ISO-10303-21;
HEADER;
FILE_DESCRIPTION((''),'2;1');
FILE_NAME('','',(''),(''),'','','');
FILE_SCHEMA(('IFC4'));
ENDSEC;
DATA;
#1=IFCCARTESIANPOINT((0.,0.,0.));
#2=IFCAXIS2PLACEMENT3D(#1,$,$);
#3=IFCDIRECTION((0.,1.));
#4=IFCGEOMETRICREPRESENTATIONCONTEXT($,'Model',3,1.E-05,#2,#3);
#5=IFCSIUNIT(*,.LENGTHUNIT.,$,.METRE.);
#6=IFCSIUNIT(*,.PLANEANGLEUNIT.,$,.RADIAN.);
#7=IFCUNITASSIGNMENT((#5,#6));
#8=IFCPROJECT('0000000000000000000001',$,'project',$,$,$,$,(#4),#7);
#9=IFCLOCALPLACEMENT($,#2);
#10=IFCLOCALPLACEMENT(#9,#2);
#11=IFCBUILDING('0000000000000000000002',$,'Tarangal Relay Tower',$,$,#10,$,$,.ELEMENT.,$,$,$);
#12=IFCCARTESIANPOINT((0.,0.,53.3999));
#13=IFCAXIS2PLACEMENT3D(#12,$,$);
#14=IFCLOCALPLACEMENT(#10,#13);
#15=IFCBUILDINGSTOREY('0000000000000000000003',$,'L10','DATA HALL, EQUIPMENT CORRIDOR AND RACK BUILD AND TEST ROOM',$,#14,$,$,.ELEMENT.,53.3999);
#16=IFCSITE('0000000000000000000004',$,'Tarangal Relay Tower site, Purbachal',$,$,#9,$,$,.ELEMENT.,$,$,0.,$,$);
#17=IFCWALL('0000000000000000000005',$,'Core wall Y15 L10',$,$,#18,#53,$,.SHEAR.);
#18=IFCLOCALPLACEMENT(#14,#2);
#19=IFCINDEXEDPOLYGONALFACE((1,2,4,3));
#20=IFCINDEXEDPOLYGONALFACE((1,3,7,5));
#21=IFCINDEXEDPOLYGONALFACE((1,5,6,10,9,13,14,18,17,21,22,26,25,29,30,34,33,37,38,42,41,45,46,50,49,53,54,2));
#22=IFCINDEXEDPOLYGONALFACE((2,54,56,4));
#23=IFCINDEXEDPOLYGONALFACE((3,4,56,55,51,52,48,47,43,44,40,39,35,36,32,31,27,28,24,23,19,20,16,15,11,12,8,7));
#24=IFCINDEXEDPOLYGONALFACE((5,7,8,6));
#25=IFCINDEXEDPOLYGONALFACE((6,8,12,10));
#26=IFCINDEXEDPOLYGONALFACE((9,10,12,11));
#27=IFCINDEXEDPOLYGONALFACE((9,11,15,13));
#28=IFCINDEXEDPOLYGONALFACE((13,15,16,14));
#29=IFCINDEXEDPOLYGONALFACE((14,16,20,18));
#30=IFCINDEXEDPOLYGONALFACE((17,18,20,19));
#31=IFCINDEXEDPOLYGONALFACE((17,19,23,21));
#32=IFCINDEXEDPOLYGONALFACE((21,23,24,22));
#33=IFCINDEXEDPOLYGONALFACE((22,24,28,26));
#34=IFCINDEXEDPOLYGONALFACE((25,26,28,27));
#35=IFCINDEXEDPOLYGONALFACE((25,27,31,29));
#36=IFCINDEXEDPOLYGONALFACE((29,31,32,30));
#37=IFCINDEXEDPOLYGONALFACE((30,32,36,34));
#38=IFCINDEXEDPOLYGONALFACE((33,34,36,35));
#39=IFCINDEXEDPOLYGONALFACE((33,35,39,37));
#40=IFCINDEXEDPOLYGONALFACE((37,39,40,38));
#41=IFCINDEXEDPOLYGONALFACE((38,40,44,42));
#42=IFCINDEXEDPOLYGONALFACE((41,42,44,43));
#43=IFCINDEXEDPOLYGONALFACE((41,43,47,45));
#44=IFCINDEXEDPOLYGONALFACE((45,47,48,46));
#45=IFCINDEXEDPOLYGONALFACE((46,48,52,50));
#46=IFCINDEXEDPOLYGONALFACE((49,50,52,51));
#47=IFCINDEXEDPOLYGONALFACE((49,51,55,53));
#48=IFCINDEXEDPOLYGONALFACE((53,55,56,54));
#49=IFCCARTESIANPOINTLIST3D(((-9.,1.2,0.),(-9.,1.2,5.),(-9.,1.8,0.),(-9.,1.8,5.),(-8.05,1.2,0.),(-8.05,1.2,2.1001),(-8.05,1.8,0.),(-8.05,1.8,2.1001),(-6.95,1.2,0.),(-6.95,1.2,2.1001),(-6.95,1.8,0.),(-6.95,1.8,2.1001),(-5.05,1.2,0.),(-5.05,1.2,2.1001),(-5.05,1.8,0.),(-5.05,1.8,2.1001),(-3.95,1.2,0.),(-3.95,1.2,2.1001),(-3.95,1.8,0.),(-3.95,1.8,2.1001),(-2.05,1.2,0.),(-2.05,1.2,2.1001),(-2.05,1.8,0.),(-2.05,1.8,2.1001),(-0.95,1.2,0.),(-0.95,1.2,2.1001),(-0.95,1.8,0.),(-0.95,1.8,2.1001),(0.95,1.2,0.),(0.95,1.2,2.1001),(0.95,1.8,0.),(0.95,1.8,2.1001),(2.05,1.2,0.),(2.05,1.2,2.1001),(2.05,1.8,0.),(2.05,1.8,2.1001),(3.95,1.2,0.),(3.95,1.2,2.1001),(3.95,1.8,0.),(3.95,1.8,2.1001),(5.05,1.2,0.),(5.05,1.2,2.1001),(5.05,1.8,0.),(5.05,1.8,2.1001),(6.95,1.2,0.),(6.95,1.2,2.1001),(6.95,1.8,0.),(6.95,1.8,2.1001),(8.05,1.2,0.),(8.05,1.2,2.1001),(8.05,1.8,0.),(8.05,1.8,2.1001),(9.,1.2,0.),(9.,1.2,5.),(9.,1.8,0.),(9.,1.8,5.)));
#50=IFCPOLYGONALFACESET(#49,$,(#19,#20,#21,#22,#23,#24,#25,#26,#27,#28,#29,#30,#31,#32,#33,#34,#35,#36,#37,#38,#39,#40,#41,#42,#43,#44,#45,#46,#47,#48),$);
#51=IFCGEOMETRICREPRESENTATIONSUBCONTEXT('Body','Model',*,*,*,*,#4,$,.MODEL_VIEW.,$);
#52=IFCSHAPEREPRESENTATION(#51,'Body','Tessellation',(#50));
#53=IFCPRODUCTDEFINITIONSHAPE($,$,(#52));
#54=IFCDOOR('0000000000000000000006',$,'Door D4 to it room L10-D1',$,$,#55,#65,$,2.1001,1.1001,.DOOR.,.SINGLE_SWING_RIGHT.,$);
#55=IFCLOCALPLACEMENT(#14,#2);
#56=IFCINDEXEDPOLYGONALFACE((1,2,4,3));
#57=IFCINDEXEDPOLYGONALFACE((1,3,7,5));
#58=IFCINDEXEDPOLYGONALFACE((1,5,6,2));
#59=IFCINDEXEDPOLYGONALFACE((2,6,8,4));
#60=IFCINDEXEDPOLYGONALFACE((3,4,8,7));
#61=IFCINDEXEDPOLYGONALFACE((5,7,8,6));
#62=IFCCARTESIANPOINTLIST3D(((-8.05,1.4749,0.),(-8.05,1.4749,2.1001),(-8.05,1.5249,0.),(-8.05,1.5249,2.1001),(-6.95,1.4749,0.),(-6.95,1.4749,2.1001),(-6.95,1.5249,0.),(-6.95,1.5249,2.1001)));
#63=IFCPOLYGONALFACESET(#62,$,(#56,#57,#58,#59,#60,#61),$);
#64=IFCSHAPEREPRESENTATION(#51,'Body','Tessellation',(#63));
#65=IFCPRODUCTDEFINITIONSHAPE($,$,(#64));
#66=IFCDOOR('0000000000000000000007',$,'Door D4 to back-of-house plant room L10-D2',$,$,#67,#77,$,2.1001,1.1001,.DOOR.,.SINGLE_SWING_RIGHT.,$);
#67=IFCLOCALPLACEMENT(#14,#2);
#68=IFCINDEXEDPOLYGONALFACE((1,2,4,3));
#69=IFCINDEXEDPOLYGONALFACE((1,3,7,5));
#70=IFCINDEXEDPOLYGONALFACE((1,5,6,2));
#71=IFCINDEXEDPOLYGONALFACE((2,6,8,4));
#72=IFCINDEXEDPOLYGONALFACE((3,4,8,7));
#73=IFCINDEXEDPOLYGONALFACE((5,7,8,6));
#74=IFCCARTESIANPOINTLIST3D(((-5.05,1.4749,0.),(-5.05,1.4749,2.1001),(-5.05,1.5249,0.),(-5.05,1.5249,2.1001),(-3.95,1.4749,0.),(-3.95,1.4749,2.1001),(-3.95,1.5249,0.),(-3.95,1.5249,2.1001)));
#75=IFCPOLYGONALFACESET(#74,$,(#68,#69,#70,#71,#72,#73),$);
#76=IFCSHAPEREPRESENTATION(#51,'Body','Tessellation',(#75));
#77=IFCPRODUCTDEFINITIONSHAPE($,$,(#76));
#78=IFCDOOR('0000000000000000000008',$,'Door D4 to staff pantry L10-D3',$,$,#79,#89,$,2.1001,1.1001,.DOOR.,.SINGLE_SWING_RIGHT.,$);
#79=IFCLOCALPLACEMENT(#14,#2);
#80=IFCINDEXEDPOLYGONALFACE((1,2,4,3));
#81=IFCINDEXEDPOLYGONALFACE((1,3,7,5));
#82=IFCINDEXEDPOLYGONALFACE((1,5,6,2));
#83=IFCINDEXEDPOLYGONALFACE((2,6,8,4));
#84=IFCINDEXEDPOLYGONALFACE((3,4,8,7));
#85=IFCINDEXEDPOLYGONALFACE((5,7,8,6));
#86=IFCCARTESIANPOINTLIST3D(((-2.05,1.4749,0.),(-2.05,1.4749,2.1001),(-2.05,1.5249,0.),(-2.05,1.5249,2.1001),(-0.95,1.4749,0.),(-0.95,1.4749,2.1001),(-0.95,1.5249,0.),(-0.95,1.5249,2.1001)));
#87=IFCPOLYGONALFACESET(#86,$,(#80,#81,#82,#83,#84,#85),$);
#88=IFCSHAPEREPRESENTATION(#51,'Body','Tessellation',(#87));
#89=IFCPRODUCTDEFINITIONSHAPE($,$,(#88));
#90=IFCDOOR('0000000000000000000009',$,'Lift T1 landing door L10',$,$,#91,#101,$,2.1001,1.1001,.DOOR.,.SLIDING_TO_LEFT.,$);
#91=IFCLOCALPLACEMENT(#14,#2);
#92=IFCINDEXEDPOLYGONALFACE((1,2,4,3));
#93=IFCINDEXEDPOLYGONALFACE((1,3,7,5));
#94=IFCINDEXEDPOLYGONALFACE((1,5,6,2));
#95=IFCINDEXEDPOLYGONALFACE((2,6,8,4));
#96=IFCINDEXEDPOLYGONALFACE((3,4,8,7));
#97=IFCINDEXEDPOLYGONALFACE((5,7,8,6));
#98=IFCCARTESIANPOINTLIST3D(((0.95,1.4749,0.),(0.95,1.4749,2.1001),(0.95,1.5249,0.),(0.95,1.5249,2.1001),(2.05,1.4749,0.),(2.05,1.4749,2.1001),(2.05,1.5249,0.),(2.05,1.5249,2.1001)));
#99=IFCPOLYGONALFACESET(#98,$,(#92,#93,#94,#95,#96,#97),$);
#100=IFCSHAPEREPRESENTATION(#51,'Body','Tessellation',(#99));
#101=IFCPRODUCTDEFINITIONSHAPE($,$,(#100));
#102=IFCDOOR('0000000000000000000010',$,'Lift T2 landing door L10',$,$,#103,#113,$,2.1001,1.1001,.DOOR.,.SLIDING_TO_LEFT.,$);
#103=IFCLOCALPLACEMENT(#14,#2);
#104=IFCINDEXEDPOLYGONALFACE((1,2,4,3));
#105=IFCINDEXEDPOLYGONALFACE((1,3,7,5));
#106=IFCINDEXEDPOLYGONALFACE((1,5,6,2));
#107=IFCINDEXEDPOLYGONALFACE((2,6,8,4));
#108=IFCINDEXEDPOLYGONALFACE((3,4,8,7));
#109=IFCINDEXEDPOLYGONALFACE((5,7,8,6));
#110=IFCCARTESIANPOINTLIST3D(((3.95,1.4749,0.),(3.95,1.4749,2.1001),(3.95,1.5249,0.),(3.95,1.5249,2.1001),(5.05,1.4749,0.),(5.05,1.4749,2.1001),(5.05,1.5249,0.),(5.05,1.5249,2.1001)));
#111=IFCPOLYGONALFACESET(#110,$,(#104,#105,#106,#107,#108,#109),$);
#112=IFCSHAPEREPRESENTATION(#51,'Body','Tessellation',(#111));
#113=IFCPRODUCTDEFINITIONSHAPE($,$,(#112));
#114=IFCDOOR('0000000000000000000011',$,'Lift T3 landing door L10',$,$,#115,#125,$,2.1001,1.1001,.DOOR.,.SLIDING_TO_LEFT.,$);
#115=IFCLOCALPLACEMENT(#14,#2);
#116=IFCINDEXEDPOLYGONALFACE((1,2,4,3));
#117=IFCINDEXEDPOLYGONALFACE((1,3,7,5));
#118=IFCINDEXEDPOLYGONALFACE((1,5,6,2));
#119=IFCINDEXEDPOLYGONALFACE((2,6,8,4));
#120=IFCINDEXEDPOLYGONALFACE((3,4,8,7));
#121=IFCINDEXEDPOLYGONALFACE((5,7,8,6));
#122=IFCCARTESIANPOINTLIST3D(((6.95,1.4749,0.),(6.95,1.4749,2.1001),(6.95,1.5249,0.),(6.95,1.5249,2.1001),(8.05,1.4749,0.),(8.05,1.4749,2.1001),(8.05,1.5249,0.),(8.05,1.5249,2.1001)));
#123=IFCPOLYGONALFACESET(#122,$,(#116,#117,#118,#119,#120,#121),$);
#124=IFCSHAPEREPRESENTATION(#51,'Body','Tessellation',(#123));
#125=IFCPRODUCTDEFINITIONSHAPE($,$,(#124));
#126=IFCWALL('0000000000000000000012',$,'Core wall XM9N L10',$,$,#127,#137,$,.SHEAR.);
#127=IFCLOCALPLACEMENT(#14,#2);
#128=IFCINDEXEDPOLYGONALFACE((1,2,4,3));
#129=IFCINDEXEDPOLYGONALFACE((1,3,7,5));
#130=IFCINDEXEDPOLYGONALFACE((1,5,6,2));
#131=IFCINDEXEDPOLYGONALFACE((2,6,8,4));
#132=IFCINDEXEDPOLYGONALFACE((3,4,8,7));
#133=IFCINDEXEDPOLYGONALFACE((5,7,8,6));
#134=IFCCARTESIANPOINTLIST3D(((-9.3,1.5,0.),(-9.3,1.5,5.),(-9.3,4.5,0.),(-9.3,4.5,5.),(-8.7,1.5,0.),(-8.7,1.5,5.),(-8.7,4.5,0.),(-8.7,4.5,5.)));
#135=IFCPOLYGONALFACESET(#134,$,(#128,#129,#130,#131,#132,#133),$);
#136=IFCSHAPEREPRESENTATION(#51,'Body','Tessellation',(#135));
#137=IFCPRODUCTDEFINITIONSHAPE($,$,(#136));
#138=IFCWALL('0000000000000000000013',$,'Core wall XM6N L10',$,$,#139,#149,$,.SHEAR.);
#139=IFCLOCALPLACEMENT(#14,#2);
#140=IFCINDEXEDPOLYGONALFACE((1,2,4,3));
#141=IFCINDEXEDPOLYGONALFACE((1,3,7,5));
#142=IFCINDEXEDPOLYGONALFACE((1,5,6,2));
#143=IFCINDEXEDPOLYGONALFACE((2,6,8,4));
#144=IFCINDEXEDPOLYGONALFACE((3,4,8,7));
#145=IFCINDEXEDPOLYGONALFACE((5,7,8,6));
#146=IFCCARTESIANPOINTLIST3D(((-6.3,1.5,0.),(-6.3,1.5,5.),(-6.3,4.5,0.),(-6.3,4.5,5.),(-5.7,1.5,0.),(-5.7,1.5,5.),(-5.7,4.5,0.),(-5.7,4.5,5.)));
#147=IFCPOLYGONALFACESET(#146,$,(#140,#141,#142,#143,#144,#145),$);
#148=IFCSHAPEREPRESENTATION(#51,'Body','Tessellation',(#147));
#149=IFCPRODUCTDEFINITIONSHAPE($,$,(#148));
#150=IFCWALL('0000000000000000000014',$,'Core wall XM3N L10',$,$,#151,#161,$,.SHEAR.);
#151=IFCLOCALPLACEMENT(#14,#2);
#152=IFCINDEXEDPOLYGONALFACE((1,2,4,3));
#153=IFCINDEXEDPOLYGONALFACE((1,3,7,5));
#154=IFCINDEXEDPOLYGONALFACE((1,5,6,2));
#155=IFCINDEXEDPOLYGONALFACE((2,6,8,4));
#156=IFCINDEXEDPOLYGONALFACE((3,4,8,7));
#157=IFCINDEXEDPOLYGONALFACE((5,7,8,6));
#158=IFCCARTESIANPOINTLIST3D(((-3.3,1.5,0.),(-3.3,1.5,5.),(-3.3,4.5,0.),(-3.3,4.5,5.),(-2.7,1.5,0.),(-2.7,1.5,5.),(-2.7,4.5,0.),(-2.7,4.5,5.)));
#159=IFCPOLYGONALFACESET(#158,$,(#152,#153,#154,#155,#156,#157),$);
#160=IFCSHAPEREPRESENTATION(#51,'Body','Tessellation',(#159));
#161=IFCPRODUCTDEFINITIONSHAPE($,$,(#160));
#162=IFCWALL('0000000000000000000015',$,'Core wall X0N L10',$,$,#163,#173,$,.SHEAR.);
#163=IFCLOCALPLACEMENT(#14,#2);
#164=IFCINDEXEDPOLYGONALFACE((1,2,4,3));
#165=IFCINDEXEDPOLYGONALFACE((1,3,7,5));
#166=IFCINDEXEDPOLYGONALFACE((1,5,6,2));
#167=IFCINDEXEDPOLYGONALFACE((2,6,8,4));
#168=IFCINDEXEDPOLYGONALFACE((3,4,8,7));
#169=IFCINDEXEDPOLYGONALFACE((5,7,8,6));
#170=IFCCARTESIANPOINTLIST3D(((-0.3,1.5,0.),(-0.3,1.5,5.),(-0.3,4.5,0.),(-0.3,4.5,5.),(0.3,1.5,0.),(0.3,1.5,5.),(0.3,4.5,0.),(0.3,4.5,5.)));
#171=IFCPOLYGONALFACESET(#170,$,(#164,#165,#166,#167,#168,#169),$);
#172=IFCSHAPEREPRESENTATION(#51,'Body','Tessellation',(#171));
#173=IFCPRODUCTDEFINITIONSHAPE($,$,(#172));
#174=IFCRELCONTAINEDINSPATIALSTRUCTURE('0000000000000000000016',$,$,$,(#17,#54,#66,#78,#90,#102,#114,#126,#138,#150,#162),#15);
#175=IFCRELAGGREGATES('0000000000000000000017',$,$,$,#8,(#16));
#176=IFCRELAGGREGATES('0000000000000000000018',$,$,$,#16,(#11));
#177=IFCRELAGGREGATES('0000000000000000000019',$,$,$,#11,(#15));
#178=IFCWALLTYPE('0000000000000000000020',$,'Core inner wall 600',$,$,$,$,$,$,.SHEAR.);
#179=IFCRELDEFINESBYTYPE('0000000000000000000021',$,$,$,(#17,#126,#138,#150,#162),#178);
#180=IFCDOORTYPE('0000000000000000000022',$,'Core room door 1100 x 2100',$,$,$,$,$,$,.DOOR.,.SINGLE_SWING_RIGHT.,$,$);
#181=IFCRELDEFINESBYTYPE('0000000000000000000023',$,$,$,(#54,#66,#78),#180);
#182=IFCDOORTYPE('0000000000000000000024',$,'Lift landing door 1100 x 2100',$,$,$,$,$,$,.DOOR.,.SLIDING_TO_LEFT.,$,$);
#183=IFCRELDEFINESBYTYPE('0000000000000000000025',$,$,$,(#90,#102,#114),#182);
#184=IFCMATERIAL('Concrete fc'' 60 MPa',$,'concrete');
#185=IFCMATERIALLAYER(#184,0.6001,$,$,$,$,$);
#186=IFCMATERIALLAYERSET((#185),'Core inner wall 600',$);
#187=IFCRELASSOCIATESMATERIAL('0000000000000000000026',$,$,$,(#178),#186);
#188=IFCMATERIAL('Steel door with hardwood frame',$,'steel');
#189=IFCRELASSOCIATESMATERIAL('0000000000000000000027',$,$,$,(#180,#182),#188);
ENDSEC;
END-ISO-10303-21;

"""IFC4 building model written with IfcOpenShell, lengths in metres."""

from ifc_helpers import new_model, si_unit, direction, frame, frame_2d, origin, place, context, subcontext, project, spatial, rectangle, extrude, material, layer, layer_set, type_object, element, fill, save


model = new_model("IFC4")

# Units and contexts
model_context = context("Model", 3, precision=1e-05, world=origin(), true_north=direction((0.0, 1.0)))
body_context = subcontext(model_context, "Body", "Model", "MODEL_VIEW")
ifc_project = project(units=[si_unit("LENGTHUNIT", "METRE"), si_unit("PLANEANGLEUNIT", "RADIAN")], contexts=[model_context])

# Site, building, storey
site_placement = place(None, origin())
site = spatial("IfcSite", under=ifc_project, at=site_placement, Name="Tarangal Relay Tower site, Purbachal", CompositionType="ELEMENT", RefElevation=0.0)
building_placement = place(site_placement, origin())
building = spatial("IfcBuilding", under=site, at=building_placement, Name="Tarangal Relay Tower", CompositionType="ELEMENT")
storey_placement = place(building_placement, frame((0.0, 0.0, 53.3999)))
storey = spatial("IfcBuildingStorey", under=building, at=storey_placement, Name="L10", Description="DATA HALL, EQUIPMENT CORRIDOR AND RACK BUILD AND TEST ROOM", CompositionType="ELEMENT", Elevation=53.3999)

# Wall, openings, doors
ifc_material_1 = material(Name="Concrete fc' 60 MPa", Category="concrete")
ifc_layer_1 = layer(ifc_material_1, 0.6001)
ifc_layer_set_1 = layer_set([ifc_layer_1], Name="Core inner wall 600")
wall_type = type_object("IfcWallType", Name="Core inner wall 600", PredefinedType="SHEAR", material=ifc_layer_set_1)
wall_1_placement = place(storey_placement, frame((-9.0, 1.5, 0.0), z_axis=(0.0, 0.0, 1.0), x_axis=(1.0, 0.0, 0.0)))
wall_1 = element("IfcWall", 1, at=wall_1_placement, inside=storey, type_object=wall_type, Name="Core wall Y15 L10", PredefinedType="SHEAR", context=body_context, shape_type="SweptSolid", body=[
    extrude(rectangle(XDim=18.0, YDim=0.6001, at=frame_2d((9.0, 0.0))), origin(), (0.0, 0.0, 1.0), 5.0),
])
opening_1_placement = place(wall_1_placement, frame((9.95, 0.0, 0.0)))
opening_1 = element("IfcOpeningElement", 2, at=opening_1_placement, cuts=wall_1, PredefinedType="OPENING", context=body_context, shape_type="SweptSolid", body=[
    extrude(rectangle(XDim=1.1001, YDim=2.1001, at=frame_2d((0.55, 1.05))), frame((0.0, 0.3101, 0.0), z_axis=(0.0, -1.0, 0.0), x_axis=(1.0, 0.0, 0.0)), (0.0, 0.0, 1.0), 0.6201),
])
opening_2_placement = place(wall_1_placement, frame((12.95, 0.0, 0.0)))
opening_2 = element("IfcOpeningElement", 3, at=opening_2_placement, cuts=wall_1, PredefinedType="OPENING", context=body_context, shape_type="SweptSolid", body=[
    extrude(rectangle(XDim=1.1001, YDim=2.1001, at=frame_2d((0.55, 1.05))), frame((0.0, 0.3101, 0.0), z_axis=(0.0, -1.0, 0.0), x_axis=(1.0, 0.0, 0.0)), (0.0, 0.0, 1.0), 0.6201),
])
opening_3_placement = place(wall_1_placement, frame((15.95, 0.0, 0.0)))
opening_3 = element("IfcOpeningElement", 4, at=opening_3_placement, cuts=wall_1, PredefinedType="OPENING", context=body_context, shape_type="SweptSolid", body=[
    extrude(rectangle(XDim=1.1001, YDim=2.1001, at=frame_2d((0.55, 1.05))), frame((0.0, 0.3101, 0.0), z_axis=(0.0, -1.0, 0.0), x_axis=(1.0, 0.0, 0.0)), (0.0, 0.0, 1.0), 0.6201),
])
opening_4_placement = place(wall_1_placement, frame((0.95, 0.0, 0.0)))
opening_4 = element("IfcOpeningElement", 5, at=opening_4_placement, cuts=wall_1, PredefinedType="OPENING", context=body_context, shape_type="SweptSolid", body=[
    extrude(rectangle(XDim=1.1001, YDim=2.1001, at=frame_2d((0.55, 1.05))), frame((0.0, 0.3101, 0.0), z_axis=(0.0, -1.0, 0.0), x_axis=(1.0, 0.0, 0.0)), (0.0, 0.0, 1.0), 0.6201),
])
opening_5_placement = place(wall_1_placement, frame((3.95, 0.0, 0.0)))
opening_5 = element("IfcOpeningElement", 6, at=opening_5_placement, cuts=wall_1, PredefinedType="OPENING", context=body_context, shape_type="SweptSolid", body=[
    extrude(rectangle(XDim=1.1001, YDim=2.1001, at=frame_2d((0.55, 1.05))), frame((0.0, 0.3101, 0.0), z_axis=(0.0, -1.0, 0.0), x_axis=(1.0, 0.0, 0.0)), (0.0, 0.0, 1.0), 0.6201),
])
opening_6_placement = place(wall_1_placement, frame((6.95, 0.0, 0.0)))
opening_6 = element("IfcOpeningElement", 7, at=opening_6_placement, cuts=wall_1, PredefinedType="OPENING", context=body_context, shape_type="SweptSolid", body=[
    extrude(rectangle(XDim=1.1001, YDim=2.1001, at=frame_2d((0.55, 1.05))), frame((0.0, 0.3101, 0.0), z_axis=(0.0, -1.0, 0.0), x_axis=(1.0, 0.0, 0.0)), (0.0, 0.0, 1.0), 0.6201),
])
ifc_material_2 = material(Name="Steel door with hardwood frame", Category="steel")
door_type_1 = type_object("IfcDoorType", Name="Core room door 1100 x 2100", OperationType="SINGLE_SWING_RIGHT", PredefinedType="DOOR", material=ifc_material_2)
door_1_placement = place(opening_4_placement, origin())
door_1 = element("IfcDoor", 8, at=door_1_placement, inside=storey, type_object=door_type_1, Name="Door D4 to it room L10-D1", OperationType="SINGLE_SWING_RIGHT", OverallHeight=2.1001, OverallWidth=1.1001, PredefinedType="DOOR", context=body_context, shape_type="SweptSolid", body=[
    extrude(rectangle(XDim=1.1001, YDim=2.1001, at=frame_2d((0.55, 1.05))), frame((0.0, 0.0249, 0.0), z_axis=(0.0, -1.0, 0.0), x_axis=(1.0, 0.0, 0.0)), (0.0, 0.0, 1.0), 0.05),
])
fill(opening_4, door_1)
door_2_placement = place(opening_5_placement, origin())
door_2 = element("IfcDoor", 9, at=door_2_placement, inside=storey, type_object=door_type_1, Name="Door D4 to back-of-house plant room L10-D2", OperationType="SINGLE_SWING_RIGHT", OverallHeight=2.1001, OverallWidth=1.1001, PredefinedType="DOOR", context=body_context, shape_type="SweptSolid", body=[
    extrude(rectangle(XDim=1.1001, YDim=2.1001, at=frame_2d((0.55, 1.05))), frame((0.0, 0.0249, 0.0), z_axis=(0.0, -1.0, 0.0), x_axis=(1.0, 0.0, 0.0)), (0.0, 0.0, 1.0), 0.05),
])
fill(opening_5, door_2)
door_3_placement = place(opening_6_placement, origin())
door_3 = element("IfcDoor", 10, at=door_3_placement, inside=storey, type_object=door_type_1, Name="Door D4 to staff pantry L10-D3", OperationType="SINGLE_SWING_RIGHT", OverallHeight=2.1001, OverallWidth=1.1001, PredefinedType="DOOR", context=body_context, shape_type="SweptSolid", body=[
    extrude(rectangle(XDim=1.1001, YDim=2.1001, at=frame_2d((0.55, 1.05))), frame((0.0, 0.0249, 0.0), z_axis=(0.0, -1.0, 0.0), x_axis=(1.0, 0.0, 0.0)), (0.0, 0.0, 1.0), 0.05),
])
fill(opening_6, door_3)
door_type_2 = type_object("IfcDoorType", Name="Lift landing door 1100 x 2100", OperationType="SLIDING_TO_LEFT", PredefinedType="DOOR", material=ifc_material_2)
door_4_placement = place(opening_1_placement, origin())
door_4 = element("IfcDoor", 11, at=door_4_placement, inside=storey, type_object=door_type_2, Name="Lift T1 landing door L10", OperationType="SLIDING_TO_LEFT", OverallHeight=2.1001, OverallWidth=1.1001, PredefinedType="DOOR", context=body_context, shape_type="SweptSolid", body=[
    extrude(rectangle(XDim=1.1001, YDim=2.1001, at=frame_2d((0.55, 1.05))), frame((0.0, 0.0249, 0.0), z_axis=(0.0, -1.0, 0.0), x_axis=(1.0, 0.0, 0.0)), (0.0, 0.0, 1.0), 0.05),
])
fill(opening_1, door_4)
door_5_placement = place(opening_2_placement, origin())
door_5 = element("IfcDoor", 12, at=door_5_placement, inside=storey, type_object=door_type_2, Name="Lift T2 landing door L10", OperationType="SLIDING_TO_LEFT", OverallHeight=2.1001, OverallWidth=1.1001, PredefinedType="DOOR", context=body_context, shape_type="SweptSolid", body=[
    extrude(rectangle(XDim=1.1001, YDim=2.1001, at=frame_2d((0.55, 1.05))), frame((0.0, 0.0249, 0.0), z_axis=(0.0, -1.0, 0.0), x_axis=(1.0, 0.0, 0.0)), (0.0, 0.0, 1.0), 0.05),
])
fill(opening_2, door_5)
door_6_placement = place(opening_3_placement, origin())
door_6 = element("IfcDoor", 13, at=door_6_placement, inside=storey, type_object=door_type_2, Name="Lift T3 landing door L10", OperationType="SLIDING_TO_LEFT", OverallHeight=2.1001, OverallWidth=1.1001, PredefinedType="DOOR", context=body_context, shape_type="SweptSolid", body=[
    extrude(rectangle(XDim=1.1001, YDim=2.1001, at=frame_2d((0.55, 1.05))), frame((0.0, 0.0249, 0.0), z_axis=(0.0, -1.0, 0.0), x_axis=(1.0, 0.0, 0.0)), (0.0, 0.0, 1.0), 0.05),
])
fill(opening_3, door_6)

# Walls
for number, where, z_axis, x_axis, name in (
    (14, (-9.0, 1.5, 0.0), (0.0, 0.0, 1.0), (0.0, 1.0, 0.0), "Core wall XM9N L10"),
    (15, (-6.0, 1.5, 0.0), (0.0, 0.0, 1.0), (0.0, 1.0, 0.0), "Core wall XM6N L10"),
    (16, (-3.0, 1.5, 0.0), (0.0, 0.0, 1.0), (0.0, 1.0, 0.0), "Core wall XM3N L10"),
    (17, (0.0, 1.5, 0.0), (0.0, 0.0, 1.0), (0.0, 1.0, 0.0), "Core wall X0N L10"),
):
    element("IfcWall", number, at=place(storey_placement, frame(where, z_axis=z_axis, x_axis=x_axis)), inside=storey, type_object=wall_type, Name=name, PredefinedType="SHEAR", context=body_context, shape_type="SweptSolid", body=[
        extrude(rectangle(XDim=3.0, YDim=0.6001, at=frame_2d((1.5, 0.0))), origin(), (0.0, 0.0, 1.0), 5.0),
    ])

save(model, "model.ifc")
